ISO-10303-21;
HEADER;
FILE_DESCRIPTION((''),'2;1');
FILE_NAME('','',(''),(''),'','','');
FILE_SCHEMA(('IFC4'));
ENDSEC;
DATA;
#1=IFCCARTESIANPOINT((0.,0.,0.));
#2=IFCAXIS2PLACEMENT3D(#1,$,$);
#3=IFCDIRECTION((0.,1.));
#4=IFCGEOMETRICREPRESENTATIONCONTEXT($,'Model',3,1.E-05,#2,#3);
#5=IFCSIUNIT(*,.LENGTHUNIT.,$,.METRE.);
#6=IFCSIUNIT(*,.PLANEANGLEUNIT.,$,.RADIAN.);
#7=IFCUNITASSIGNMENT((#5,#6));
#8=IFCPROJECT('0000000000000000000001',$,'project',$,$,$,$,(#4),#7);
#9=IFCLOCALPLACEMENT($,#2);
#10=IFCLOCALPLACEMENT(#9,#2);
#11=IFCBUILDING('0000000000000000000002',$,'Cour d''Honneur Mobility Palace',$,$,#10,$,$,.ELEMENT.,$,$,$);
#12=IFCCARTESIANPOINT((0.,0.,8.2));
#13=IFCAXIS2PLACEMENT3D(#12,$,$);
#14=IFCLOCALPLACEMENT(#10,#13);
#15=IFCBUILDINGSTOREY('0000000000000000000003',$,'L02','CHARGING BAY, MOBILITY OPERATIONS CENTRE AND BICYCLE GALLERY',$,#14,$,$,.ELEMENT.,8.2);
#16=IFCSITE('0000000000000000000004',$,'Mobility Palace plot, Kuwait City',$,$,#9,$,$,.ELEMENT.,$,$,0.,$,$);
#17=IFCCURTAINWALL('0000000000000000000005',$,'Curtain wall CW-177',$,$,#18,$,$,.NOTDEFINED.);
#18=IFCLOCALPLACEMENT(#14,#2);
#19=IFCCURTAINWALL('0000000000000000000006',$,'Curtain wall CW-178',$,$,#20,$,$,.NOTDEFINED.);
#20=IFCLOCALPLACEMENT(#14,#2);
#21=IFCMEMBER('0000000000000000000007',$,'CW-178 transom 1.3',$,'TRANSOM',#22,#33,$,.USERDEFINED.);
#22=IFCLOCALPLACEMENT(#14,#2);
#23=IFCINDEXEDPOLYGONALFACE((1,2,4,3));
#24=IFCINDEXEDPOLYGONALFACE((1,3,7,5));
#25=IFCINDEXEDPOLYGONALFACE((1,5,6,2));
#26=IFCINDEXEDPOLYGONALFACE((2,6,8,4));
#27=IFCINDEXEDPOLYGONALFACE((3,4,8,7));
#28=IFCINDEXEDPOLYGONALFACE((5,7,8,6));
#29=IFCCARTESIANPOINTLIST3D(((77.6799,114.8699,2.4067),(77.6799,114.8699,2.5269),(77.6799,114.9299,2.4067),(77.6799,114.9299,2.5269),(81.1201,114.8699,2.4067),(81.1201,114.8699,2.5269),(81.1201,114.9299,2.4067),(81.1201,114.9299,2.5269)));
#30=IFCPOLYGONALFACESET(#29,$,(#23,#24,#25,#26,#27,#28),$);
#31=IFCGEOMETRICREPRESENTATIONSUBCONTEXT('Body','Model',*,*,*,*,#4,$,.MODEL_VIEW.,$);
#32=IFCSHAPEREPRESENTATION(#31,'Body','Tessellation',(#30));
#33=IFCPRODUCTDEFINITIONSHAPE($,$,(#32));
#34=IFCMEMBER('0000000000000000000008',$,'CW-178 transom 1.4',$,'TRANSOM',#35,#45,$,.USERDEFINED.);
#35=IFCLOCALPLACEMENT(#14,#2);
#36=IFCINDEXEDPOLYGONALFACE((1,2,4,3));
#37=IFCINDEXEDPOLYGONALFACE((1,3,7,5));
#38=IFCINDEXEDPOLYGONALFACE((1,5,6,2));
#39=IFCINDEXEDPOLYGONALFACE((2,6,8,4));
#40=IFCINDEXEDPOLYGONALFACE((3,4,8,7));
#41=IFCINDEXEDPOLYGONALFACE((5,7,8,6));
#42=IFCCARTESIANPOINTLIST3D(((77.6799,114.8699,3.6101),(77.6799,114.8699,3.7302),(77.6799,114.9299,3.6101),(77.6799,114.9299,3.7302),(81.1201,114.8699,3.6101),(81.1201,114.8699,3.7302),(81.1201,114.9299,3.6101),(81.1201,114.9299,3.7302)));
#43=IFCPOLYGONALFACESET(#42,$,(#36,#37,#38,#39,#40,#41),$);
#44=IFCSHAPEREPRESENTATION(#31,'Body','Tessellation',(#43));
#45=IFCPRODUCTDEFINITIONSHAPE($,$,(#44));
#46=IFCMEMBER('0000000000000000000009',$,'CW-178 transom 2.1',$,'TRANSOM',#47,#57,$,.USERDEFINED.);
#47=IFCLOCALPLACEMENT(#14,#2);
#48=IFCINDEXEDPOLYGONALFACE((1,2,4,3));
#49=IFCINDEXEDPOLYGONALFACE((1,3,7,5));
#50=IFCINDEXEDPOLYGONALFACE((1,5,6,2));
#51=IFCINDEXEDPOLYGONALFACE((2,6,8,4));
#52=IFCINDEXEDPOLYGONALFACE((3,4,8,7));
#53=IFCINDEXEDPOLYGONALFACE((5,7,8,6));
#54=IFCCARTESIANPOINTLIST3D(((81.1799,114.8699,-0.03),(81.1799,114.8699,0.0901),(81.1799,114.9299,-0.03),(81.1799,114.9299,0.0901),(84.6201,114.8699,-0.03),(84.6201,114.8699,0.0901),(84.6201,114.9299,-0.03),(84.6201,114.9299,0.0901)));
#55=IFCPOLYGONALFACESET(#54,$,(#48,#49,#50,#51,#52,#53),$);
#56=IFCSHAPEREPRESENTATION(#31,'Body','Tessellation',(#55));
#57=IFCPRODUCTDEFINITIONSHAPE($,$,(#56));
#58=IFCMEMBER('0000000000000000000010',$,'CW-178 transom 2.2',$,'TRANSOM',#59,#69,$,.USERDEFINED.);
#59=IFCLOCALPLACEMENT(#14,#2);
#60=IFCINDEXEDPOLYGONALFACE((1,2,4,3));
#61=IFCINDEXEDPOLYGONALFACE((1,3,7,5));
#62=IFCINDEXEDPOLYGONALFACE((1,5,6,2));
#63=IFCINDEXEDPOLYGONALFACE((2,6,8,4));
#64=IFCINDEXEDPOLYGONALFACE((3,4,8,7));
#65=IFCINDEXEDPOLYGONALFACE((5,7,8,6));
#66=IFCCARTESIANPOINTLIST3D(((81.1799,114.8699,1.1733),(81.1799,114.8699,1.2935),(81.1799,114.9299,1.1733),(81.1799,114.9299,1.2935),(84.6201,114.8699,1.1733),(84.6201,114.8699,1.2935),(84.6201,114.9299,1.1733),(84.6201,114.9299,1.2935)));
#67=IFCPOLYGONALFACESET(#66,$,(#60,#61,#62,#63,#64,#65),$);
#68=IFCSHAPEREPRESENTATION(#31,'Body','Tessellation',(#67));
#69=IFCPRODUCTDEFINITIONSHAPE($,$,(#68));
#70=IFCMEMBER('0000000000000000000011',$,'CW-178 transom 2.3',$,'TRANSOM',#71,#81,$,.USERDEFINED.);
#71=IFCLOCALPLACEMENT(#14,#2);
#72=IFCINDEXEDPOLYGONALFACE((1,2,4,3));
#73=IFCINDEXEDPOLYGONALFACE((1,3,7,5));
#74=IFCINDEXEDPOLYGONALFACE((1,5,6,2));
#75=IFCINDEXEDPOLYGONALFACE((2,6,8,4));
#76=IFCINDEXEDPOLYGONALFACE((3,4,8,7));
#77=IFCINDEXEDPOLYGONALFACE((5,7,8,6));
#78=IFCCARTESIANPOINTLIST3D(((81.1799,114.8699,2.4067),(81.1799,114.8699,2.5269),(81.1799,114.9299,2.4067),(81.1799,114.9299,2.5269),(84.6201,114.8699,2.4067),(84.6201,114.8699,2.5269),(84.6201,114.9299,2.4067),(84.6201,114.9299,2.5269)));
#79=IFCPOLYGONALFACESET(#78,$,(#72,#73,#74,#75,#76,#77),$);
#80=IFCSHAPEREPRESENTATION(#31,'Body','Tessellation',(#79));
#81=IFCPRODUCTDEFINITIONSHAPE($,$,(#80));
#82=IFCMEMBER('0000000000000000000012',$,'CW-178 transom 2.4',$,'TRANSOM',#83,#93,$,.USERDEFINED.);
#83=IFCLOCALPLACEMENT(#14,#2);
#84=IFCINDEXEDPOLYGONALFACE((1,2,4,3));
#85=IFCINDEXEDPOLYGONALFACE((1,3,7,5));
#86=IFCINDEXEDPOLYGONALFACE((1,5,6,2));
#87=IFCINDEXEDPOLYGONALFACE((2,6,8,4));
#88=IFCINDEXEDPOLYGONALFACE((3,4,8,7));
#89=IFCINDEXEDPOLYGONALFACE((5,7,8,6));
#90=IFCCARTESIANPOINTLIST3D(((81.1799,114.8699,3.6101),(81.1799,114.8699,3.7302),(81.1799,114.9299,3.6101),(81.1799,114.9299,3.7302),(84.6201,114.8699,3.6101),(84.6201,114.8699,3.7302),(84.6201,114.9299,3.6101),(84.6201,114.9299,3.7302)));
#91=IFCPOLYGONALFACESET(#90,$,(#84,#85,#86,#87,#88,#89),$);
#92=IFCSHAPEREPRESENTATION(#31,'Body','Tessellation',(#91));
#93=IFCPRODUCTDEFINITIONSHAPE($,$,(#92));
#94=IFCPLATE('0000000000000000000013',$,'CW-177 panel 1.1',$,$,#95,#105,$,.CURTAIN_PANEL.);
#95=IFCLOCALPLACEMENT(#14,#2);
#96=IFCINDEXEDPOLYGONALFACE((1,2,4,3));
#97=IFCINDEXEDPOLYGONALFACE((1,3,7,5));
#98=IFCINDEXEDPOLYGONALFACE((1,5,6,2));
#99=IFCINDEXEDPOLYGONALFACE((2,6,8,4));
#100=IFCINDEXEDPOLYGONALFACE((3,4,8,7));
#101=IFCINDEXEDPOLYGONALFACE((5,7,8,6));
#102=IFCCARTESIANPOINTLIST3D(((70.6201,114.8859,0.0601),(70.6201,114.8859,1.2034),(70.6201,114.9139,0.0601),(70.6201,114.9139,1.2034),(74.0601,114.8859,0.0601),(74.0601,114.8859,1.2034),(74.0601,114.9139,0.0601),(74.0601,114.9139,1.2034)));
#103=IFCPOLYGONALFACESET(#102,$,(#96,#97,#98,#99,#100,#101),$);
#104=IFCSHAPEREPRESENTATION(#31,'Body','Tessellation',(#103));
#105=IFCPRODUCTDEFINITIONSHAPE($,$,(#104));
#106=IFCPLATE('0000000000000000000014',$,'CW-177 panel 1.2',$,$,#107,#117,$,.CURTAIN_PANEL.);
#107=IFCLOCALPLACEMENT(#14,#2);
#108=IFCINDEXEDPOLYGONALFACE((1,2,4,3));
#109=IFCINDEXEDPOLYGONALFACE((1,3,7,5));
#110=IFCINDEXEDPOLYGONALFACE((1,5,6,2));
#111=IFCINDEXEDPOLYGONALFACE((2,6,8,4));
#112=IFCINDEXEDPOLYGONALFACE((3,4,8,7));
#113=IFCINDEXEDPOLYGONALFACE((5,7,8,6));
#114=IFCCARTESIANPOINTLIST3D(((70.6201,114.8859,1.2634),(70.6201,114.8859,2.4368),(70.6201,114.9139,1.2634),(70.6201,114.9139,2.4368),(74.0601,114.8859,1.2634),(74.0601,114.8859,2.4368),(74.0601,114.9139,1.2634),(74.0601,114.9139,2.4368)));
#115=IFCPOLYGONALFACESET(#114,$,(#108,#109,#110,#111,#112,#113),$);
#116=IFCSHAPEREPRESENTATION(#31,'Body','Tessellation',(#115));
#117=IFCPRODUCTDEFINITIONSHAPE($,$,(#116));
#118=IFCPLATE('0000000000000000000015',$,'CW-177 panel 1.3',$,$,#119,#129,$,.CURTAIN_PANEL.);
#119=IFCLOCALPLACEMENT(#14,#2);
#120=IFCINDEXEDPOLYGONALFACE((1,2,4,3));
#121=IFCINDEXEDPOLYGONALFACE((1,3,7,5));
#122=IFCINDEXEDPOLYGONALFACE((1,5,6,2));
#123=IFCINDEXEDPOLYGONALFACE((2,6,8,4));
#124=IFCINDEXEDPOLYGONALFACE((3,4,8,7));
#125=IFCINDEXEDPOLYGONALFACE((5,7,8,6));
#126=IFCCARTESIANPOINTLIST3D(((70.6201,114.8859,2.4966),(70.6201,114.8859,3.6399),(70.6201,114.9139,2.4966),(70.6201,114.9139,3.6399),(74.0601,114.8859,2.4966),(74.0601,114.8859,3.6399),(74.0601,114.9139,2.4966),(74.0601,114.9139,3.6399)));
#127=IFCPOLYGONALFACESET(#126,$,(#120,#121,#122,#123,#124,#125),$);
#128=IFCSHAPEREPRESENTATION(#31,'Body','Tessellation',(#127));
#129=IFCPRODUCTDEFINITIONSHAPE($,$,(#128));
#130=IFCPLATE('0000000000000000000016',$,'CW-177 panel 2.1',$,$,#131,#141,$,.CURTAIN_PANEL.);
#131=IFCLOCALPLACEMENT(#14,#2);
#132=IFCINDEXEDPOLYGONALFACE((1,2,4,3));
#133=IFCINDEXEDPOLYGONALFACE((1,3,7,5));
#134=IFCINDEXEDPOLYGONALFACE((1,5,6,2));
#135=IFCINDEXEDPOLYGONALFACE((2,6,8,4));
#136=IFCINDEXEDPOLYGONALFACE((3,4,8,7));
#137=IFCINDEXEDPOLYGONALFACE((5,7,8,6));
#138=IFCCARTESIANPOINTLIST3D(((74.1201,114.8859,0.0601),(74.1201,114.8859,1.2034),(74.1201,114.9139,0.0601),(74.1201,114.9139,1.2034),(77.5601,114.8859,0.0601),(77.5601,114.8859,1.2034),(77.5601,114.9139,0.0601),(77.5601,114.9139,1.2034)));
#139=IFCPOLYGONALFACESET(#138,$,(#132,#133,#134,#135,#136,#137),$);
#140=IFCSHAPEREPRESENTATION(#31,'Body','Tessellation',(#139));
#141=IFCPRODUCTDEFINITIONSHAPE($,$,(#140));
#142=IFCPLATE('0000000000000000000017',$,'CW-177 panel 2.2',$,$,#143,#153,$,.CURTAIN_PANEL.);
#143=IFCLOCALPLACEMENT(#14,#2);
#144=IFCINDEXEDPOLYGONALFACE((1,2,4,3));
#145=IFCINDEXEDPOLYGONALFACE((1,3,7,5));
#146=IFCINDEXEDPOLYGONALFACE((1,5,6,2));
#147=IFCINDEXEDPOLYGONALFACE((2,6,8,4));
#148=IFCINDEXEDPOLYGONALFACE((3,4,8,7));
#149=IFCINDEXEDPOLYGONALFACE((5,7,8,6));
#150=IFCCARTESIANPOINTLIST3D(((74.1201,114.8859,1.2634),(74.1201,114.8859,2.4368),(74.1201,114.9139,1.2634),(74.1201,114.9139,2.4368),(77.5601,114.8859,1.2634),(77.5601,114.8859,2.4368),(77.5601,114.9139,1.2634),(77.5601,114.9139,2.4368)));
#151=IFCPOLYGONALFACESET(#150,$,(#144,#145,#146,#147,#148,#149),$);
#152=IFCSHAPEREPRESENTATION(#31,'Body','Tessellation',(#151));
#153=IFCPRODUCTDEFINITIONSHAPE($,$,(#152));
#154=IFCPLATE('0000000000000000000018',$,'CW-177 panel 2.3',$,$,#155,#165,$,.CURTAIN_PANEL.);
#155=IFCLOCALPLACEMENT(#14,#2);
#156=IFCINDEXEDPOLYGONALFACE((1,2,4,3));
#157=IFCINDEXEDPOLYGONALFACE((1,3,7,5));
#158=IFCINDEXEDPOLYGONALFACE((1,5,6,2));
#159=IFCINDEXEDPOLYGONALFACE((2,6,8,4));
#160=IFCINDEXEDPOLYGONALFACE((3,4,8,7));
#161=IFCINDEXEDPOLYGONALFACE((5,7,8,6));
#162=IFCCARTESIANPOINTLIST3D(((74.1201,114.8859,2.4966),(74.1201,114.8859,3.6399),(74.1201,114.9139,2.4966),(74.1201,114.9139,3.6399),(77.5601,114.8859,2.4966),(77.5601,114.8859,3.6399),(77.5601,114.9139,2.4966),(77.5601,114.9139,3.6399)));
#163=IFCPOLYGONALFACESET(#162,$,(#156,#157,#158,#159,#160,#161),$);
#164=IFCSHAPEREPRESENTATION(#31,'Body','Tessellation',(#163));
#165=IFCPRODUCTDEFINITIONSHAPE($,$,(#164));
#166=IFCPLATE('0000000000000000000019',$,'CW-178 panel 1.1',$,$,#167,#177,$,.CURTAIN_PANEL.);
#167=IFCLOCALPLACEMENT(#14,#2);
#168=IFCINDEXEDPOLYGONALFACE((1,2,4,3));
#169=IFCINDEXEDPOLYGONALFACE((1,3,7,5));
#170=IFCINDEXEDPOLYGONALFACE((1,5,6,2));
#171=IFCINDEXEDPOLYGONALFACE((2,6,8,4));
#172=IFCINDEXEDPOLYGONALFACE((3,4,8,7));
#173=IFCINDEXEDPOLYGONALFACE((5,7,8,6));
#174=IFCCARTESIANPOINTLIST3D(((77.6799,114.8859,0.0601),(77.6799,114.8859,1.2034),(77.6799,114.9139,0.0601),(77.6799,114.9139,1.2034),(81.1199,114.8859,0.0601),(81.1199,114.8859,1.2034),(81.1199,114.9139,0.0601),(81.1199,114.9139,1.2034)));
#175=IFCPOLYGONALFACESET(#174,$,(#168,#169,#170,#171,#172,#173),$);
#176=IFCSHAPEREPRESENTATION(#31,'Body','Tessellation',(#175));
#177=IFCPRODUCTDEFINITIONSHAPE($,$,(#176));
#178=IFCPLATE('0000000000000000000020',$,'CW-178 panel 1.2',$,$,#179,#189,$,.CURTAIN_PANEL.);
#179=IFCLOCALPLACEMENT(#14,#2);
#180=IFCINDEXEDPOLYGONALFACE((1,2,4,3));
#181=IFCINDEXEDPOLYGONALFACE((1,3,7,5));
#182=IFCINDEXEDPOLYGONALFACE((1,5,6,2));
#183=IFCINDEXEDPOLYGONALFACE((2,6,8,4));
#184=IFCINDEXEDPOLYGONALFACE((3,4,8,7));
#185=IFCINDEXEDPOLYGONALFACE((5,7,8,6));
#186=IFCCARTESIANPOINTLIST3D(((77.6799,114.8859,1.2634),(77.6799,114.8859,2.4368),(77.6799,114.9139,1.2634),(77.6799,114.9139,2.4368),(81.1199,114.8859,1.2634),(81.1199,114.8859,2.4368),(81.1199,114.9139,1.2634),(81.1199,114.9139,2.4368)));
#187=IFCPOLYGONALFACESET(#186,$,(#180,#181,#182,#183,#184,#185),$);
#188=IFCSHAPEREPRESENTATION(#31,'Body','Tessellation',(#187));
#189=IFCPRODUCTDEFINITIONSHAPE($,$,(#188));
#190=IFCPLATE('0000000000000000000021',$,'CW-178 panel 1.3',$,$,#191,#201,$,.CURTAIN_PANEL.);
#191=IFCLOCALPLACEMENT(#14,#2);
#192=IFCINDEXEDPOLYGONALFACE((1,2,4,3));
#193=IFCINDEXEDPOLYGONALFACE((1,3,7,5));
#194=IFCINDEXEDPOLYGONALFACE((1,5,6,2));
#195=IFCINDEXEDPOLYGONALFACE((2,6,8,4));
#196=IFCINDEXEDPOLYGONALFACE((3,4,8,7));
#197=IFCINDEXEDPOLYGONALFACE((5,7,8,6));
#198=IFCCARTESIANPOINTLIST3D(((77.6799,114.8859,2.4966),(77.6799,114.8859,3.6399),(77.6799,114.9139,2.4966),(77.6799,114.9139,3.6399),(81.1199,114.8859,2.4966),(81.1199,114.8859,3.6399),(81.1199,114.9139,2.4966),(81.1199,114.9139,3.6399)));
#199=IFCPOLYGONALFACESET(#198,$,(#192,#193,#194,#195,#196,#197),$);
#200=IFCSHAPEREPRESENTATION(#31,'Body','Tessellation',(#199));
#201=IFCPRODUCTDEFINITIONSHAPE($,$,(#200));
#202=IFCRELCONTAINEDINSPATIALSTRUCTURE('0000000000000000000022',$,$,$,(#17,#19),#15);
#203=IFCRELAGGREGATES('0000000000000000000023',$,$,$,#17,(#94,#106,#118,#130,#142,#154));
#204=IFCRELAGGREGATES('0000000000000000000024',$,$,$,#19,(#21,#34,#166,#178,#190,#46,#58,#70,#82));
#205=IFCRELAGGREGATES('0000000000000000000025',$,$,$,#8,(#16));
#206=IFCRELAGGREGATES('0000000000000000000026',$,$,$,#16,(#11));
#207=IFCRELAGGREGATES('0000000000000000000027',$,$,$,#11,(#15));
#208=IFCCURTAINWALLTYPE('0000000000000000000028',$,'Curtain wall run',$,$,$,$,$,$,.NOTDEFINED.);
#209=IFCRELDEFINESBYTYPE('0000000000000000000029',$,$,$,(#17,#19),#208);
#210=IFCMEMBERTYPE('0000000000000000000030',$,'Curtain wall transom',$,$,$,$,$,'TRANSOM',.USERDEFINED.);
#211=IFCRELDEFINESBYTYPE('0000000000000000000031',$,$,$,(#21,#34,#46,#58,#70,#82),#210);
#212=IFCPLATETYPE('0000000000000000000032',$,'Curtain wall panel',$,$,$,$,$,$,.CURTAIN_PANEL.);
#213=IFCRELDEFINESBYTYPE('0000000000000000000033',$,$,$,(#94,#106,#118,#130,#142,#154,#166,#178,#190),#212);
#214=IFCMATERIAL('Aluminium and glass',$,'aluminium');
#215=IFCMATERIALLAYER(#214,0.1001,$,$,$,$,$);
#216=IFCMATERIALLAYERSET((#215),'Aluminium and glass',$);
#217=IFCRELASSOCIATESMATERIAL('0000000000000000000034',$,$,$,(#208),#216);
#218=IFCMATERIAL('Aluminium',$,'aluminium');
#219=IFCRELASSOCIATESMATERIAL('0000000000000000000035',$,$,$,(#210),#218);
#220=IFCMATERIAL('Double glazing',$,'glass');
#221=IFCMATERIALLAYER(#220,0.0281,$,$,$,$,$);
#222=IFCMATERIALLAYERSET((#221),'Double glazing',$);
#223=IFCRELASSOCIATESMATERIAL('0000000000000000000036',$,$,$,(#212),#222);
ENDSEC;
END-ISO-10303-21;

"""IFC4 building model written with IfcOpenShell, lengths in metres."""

from ifc_helpers import new_model, si_unit, direction, frame, origin, origin_2d, place, context, subcontext, project, spatial, rectangle, extrude, material, layer, layer_set, material_profile, profile_set, type_object, element, aggregate, save


model = new_model("IFC4")

# Units and contexts
model_context = context("Model", 3, precision=1e-05, world=origin(), true_north=direction((0.0, 1.0)))
body_context = subcontext(model_context, "Body", "Model", "MODEL_VIEW")
ifc_project = project(units=[si_unit("LENGTHUNIT", "METRE"), si_unit("PLANEANGLEUNIT", "RADIAN")], contexts=[model_context])

# Site, building, storey
site_placement = place(None, origin())
site = spatial("IfcSite", under=ifc_project, at=site_placement, Name="Mobility Palace plot, Kuwait City", CompositionType="ELEMENT", RefElevation=0.0)
building_placement = place(site_placement, origin())
building = spatial("IfcBuilding", under=site, at=building_placement, Name="Cour d'Honneur Mobility Palace", CompositionType="ELEMENT")
storey_placement = place(building_placement, frame((0.0, 0.0, 8.2)))
storey = spatial("IfcBuildingStorey", under=building, at=storey_placement, Name="L02", Description="CHARGING BAY, MOBILITY OPERATIONS CENTRE AND BICYCLE GALLERY", CompositionType="ELEMENT", Elevation=8.2)

# Curtain walls
ifc_material_1 = material(Name="Aluminium and glass", Category="aluminium")
ifc_layer_1 = layer(ifc_material_1, 0.1001)
ifc_layer_set_1 = layer_set([ifc_layer_1], Name="Aluminium and glass")
curtain_wall_type = type_object("IfcCurtainWallType", Name="Curtain wall run", PredefinedType="NOTDEFINED", material=ifc_layer_set_1)
curtain_wall_1_placement = place(storey_placement, origin())
curtain_wall_1 = element("IfcCurtainWall", 1, at=curtain_wall_1_placement, inside=storey, type_object=curtain_wall_type, Name="Curtain wall CW-177", PredefinedType="NOTDEFINED")
curtain_wall_2_placement = place(storey_placement, origin())
curtain_wall_2 = element("IfcCurtainWall", 2, at=curtain_wall_2_placement, inside=storey, type_object=curtain_wall_type, Name="Curtain wall CW-178", PredefinedType="NOTDEFINED")

# Members
ifc_material_2 = material(Name="Aluminium", Category="aluminium")
ifc_material_profile_1 = material_profile(ifc_material_2, rectangle(XDim=0.0601, YDim=0.1201, at=origin_2d()), Name="Curtain wall transom")
ifc_profile_set_1 = profile_set([ifc_material_profile_1], Name="Aluminium")
member_type_1 = type_object("IfcMemberType", Name="Curtain wall transom", ElementType="TRANSOM", PredefinedType="USERDEFINED", material=ifc_profile_set_1)
member_1_placement = place(storey_placement, frame((77.6799, 114.8999, 2.4668), z_axis=(1.0, 0.0, 0.0), x_axis=(0.0, 1.0, 0.0)))
member_1 = element("IfcMember", 3, at=member_1_placement, type_object=member_type_1, Name="CW-178 transom 1.3", ObjectType="TRANSOM", PredefinedType="USERDEFINED", context=body_context, shape_type="SweptSolid", body=[
    extrude(rectangle(XDim=0.0601, YDim=0.1201, at=origin_2d()), origin(), (0.0, 0.0, 1.0), 3.4402),
])
member_2_placement = place(storey_placement, frame((77.6799, 114.8999, 3.6702), z_axis=(1.0, 0.0, 0.0), x_axis=(0.0, 1.0, 0.0)))
member_2 = element("IfcMember", 4, at=member_2_placement, type_object=member_type_1, Name="CW-178 transom 1.4", ObjectType="TRANSOM", PredefinedType="USERDEFINED", context=body_context, shape_type="SweptSolid", body=[
    extrude(rectangle(XDim=0.0601, YDim=0.1201, at=origin_2d()), origin(), (0.0, 0.0, 1.0), 3.4402),
])
member_3_placement = place(storey_placement, frame((81.1799, 114.8999, 0.03), z_axis=(1.0, 0.0, 0.0), x_axis=(0.0, 1.0, 0.0)))
member_3 = element("IfcMember", 5, at=member_3_placement, type_object=member_type_1, Name="CW-178 transom 2.1", ObjectType="TRANSOM", PredefinedType="USERDEFINED", context=body_context, shape_type="SweptSolid", body=[
    extrude(rectangle(XDim=0.0601, YDim=0.1201, at=origin_2d()), origin(), (0.0, 0.0, 1.0), 3.4402),
])
member_4_placement = place(storey_placement, frame((81.1799, 114.8999, 1.2334), z_axis=(1.0, 0.0, 0.0), x_axis=(0.0, 1.0, 0.0)))
member_4 = element("IfcMember", 6, at=member_4_placement, type_object=member_type_1, Name="CW-178 transom 2.2", ObjectType="TRANSOM", PredefinedType="USERDEFINED", context=body_context, shape_type="SweptSolid", body=[
    extrude(rectangle(XDim=0.0601, YDim=0.1201, at=origin_2d()), origin(), (0.0, 0.0, 1.0), 3.4402),
])
member_5_placement = place(storey_placement, frame((81.1799, 114.8999, 2.4668), z_axis=(1.0, 0.0, 0.0), x_axis=(0.0, 1.0, 0.0)))
member_5 = element("IfcMember", 7, at=member_5_placement, type_object=member_type_1, Name="CW-178 transom 2.3", ObjectType="TRANSOM", PredefinedType="USERDEFINED", context=body_context, shape_type="SweptSolid", body=[
    extrude(rectangle(XDim=0.0601, YDim=0.1201, at=origin_2d()), origin(), (0.0, 0.0, 1.0), 3.4402),
])
member_6_placement = place(storey_placement, frame((81.1799, 114.8999, 3.6702), z_axis=(1.0, 0.0, 0.0), x_axis=(0.0, 1.0, 0.0)))
member_6 = element("IfcMember", 8, at=member_6_placement, type_object=member_type_1, Name="CW-178 transom 2.4", ObjectType="TRANSOM", PredefinedType="USERDEFINED", context=body_context, shape_type="SweptSolid", body=[
    extrude(rectangle(XDim=0.0601, YDim=0.1201, at=origin_2d()), origin(), (0.0, 0.0, 1.0), 3.4402),
])

# Plates
ifc_material_3 = material(Name="Double glazing", Category="glass")
ifc_layer_2 = layer(ifc_material_3, 0.0281)
ifc_layer_set_2 = layer_set([ifc_layer_2], Name="Double glazing")
plate_type = type_object("IfcPlateType", Name="Curtain wall panel", PredefinedType="CURTAIN_PANEL", material=ifc_layer_set_2)
plate_1_placement = place(storey_placement, frame((72.3401, 114.8999, 0.0601), z_axis=(0.0, 0.0, 1.0), x_axis=(1.0, 0.0, 0.0)))
plate_1 = element("IfcPlate", 9, at=plate_1_placement, type_object=plate_type, Name="CW-177 panel 1.1", PredefinedType="CURTAIN_PANEL", context=body_context, shape_type="SweptSolid", body=[
    extrude(rectangle(XDim=3.4399, YDim=0.0281, at=origin_2d()), origin(), (0.0, 0.0, 1.0), 1.1433),
])
plate_2_placement = place(storey_placement, frame((72.3401, 114.8999, 1.2634), z_axis=(0.0, 0.0, 1.0), x_axis=(1.0, 0.0, 0.0)))
plate_2 = element("IfcPlate", 10, at=plate_2_placement, type_object=plate_type, Name="CW-177 panel 1.2", PredefinedType="CURTAIN_PANEL", context=body_context, shape_type="SweptSolid", body=[
    extrude(rectangle(XDim=3.4399, YDim=0.0281, at=origin_2d()), origin(), (0.0, 0.0, 1.0), 1.1733),
])
plate_3_placement = place(storey_placement, frame((72.3401, 114.8999, 2.4966), z_axis=(0.0, 0.0, 1.0), x_axis=(1.0, 0.0, 0.0)))
plate_3 = element("IfcPlate", 11, at=plate_3_placement, type_object=plate_type, Name="CW-177 panel 1.3", PredefinedType="CURTAIN_PANEL", context=body_context, shape_type="SweptSolid", body=[
    extrude(rectangle(XDim=3.4399, YDim=0.0281, at=origin_2d()), origin(), (0.0, 0.0, 1.0), 1.1433),
])
plate_4_placement = place(storey_placement, frame((75.8401, 114.8999, 0.0601), z_axis=(0.0, 0.0, 1.0), x_axis=(1.0, 0.0, 0.0)))
plate_4 = element("IfcPlate", 12, at=plate_4_placement, type_object=plate_type, Name="CW-177 panel 2.1", PredefinedType="CURTAIN_PANEL", context=body_context, shape_type="SweptSolid", body=[
    extrude(rectangle(XDim=3.4399, YDim=0.0281, at=origin_2d()), origin(), (0.0, 0.0, 1.0), 1.1433),
])
plate_5_placement = place(storey_placement, frame((75.8401, 114.8999, 1.2634), z_axis=(0.0, 0.0, 1.0), x_axis=(1.0, 0.0, 0.0)))
plate_5 = element("IfcPlate", 13, at=plate_5_placement, type_object=plate_type, Name="CW-177 panel 2.2", PredefinedType="CURTAIN_PANEL", context=body_context, shape_type="SweptSolid", body=[
    extrude(rectangle(XDim=3.4399, YDim=0.0281, at=origin_2d()), origin(), (0.0, 0.0, 1.0), 1.1733),
])
plate_6_placement = place(storey_placement, frame((75.8401, 114.8999, 2.4966), z_axis=(0.0, 0.0, 1.0), x_axis=(1.0, 0.0, 0.0)))
plate_6 = element("IfcPlate", 14, at=plate_6_placement, type_object=plate_type, Name="CW-177 panel 2.3", PredefinedType="CURTAIN_PANEL", context=body_context, shape_type="SweptSolid", body=[
    extrude(rectangle(XDim=3.4399, YDim=0.0281, at=origin_2d()), origin(), (0.0, 0.0, 1.0), 1.1433),
])
aggregate(curtain_wall_1, [plate_1, plate_2, plate_3, plate_4, plate_5, plate_6])
plate_7_placement = place(storey_placement, frame((79.3999, 114.8999, 0.0601), z_axis=(0.0, 0.0, 1.0), x_axis=(1.0, 0.0, 0.0)))
plate_7 = element("IfcPlate", 15, at=plate_7_placement, type_object=plate_type, Name="CW-178 panel 1.1", PredefinedType="CURTAIN_PANEL", context=body_context, shape_type="SweptSolid", body=[
    extrude(rectangle(XDim=3.4399, YDim=0.0281, at=origin_2d()), origin(), (0.0, 0.0, 1.0), 1.1433),
])
plate_8_placement = place(storey_placement, frame((79.3999, 114.8999, 1.2634), z_axis=(0.0, 0.0, 1.0), x_axis=(1.0, 0.0, 0.0)))
plate_8 = element("IfcPlate", 16, at=plate_8_placement, type_object=plate_type, Name="CW-178 panel 1.2", PredefinedType="CURTAIN_PANEL", context=body_context, shape_type="SweptSolid", body=[
    extrude(rectangle(XDim=3.4399, YDim=0.0281, at=origin_2d()), origin(), (0.0, 0.0, 1.0), 1.1733),
])
plate_9_placement = place(storey_placement, frame((79.3999, 114.8999, 2.4966), z_axis=(0.0, 0.0, 1.0), x_axis=(1.0, 0.0, 0.0)))
plate_9 = element("IfcPlate", 17, at=plate_9_placement, type_object=plate_type, Name="CW-178 panel 1.3", PredefinedType="CURTAIN_PANEL", context=body_context, shape_type="SweptSolid", body=[
    extrude(rectangle(XDim=3.4399, YDim=0.0281, at=origin_2d()), origin(), (0.0, 0.0, 1.0), 1.1433),
])
aggregate(curtain_wall_2, [member_1, member_2, plate_7, plate_8, plate_9, member_3, member_4, member_5, member_6])

save(model, "model.ifc")
